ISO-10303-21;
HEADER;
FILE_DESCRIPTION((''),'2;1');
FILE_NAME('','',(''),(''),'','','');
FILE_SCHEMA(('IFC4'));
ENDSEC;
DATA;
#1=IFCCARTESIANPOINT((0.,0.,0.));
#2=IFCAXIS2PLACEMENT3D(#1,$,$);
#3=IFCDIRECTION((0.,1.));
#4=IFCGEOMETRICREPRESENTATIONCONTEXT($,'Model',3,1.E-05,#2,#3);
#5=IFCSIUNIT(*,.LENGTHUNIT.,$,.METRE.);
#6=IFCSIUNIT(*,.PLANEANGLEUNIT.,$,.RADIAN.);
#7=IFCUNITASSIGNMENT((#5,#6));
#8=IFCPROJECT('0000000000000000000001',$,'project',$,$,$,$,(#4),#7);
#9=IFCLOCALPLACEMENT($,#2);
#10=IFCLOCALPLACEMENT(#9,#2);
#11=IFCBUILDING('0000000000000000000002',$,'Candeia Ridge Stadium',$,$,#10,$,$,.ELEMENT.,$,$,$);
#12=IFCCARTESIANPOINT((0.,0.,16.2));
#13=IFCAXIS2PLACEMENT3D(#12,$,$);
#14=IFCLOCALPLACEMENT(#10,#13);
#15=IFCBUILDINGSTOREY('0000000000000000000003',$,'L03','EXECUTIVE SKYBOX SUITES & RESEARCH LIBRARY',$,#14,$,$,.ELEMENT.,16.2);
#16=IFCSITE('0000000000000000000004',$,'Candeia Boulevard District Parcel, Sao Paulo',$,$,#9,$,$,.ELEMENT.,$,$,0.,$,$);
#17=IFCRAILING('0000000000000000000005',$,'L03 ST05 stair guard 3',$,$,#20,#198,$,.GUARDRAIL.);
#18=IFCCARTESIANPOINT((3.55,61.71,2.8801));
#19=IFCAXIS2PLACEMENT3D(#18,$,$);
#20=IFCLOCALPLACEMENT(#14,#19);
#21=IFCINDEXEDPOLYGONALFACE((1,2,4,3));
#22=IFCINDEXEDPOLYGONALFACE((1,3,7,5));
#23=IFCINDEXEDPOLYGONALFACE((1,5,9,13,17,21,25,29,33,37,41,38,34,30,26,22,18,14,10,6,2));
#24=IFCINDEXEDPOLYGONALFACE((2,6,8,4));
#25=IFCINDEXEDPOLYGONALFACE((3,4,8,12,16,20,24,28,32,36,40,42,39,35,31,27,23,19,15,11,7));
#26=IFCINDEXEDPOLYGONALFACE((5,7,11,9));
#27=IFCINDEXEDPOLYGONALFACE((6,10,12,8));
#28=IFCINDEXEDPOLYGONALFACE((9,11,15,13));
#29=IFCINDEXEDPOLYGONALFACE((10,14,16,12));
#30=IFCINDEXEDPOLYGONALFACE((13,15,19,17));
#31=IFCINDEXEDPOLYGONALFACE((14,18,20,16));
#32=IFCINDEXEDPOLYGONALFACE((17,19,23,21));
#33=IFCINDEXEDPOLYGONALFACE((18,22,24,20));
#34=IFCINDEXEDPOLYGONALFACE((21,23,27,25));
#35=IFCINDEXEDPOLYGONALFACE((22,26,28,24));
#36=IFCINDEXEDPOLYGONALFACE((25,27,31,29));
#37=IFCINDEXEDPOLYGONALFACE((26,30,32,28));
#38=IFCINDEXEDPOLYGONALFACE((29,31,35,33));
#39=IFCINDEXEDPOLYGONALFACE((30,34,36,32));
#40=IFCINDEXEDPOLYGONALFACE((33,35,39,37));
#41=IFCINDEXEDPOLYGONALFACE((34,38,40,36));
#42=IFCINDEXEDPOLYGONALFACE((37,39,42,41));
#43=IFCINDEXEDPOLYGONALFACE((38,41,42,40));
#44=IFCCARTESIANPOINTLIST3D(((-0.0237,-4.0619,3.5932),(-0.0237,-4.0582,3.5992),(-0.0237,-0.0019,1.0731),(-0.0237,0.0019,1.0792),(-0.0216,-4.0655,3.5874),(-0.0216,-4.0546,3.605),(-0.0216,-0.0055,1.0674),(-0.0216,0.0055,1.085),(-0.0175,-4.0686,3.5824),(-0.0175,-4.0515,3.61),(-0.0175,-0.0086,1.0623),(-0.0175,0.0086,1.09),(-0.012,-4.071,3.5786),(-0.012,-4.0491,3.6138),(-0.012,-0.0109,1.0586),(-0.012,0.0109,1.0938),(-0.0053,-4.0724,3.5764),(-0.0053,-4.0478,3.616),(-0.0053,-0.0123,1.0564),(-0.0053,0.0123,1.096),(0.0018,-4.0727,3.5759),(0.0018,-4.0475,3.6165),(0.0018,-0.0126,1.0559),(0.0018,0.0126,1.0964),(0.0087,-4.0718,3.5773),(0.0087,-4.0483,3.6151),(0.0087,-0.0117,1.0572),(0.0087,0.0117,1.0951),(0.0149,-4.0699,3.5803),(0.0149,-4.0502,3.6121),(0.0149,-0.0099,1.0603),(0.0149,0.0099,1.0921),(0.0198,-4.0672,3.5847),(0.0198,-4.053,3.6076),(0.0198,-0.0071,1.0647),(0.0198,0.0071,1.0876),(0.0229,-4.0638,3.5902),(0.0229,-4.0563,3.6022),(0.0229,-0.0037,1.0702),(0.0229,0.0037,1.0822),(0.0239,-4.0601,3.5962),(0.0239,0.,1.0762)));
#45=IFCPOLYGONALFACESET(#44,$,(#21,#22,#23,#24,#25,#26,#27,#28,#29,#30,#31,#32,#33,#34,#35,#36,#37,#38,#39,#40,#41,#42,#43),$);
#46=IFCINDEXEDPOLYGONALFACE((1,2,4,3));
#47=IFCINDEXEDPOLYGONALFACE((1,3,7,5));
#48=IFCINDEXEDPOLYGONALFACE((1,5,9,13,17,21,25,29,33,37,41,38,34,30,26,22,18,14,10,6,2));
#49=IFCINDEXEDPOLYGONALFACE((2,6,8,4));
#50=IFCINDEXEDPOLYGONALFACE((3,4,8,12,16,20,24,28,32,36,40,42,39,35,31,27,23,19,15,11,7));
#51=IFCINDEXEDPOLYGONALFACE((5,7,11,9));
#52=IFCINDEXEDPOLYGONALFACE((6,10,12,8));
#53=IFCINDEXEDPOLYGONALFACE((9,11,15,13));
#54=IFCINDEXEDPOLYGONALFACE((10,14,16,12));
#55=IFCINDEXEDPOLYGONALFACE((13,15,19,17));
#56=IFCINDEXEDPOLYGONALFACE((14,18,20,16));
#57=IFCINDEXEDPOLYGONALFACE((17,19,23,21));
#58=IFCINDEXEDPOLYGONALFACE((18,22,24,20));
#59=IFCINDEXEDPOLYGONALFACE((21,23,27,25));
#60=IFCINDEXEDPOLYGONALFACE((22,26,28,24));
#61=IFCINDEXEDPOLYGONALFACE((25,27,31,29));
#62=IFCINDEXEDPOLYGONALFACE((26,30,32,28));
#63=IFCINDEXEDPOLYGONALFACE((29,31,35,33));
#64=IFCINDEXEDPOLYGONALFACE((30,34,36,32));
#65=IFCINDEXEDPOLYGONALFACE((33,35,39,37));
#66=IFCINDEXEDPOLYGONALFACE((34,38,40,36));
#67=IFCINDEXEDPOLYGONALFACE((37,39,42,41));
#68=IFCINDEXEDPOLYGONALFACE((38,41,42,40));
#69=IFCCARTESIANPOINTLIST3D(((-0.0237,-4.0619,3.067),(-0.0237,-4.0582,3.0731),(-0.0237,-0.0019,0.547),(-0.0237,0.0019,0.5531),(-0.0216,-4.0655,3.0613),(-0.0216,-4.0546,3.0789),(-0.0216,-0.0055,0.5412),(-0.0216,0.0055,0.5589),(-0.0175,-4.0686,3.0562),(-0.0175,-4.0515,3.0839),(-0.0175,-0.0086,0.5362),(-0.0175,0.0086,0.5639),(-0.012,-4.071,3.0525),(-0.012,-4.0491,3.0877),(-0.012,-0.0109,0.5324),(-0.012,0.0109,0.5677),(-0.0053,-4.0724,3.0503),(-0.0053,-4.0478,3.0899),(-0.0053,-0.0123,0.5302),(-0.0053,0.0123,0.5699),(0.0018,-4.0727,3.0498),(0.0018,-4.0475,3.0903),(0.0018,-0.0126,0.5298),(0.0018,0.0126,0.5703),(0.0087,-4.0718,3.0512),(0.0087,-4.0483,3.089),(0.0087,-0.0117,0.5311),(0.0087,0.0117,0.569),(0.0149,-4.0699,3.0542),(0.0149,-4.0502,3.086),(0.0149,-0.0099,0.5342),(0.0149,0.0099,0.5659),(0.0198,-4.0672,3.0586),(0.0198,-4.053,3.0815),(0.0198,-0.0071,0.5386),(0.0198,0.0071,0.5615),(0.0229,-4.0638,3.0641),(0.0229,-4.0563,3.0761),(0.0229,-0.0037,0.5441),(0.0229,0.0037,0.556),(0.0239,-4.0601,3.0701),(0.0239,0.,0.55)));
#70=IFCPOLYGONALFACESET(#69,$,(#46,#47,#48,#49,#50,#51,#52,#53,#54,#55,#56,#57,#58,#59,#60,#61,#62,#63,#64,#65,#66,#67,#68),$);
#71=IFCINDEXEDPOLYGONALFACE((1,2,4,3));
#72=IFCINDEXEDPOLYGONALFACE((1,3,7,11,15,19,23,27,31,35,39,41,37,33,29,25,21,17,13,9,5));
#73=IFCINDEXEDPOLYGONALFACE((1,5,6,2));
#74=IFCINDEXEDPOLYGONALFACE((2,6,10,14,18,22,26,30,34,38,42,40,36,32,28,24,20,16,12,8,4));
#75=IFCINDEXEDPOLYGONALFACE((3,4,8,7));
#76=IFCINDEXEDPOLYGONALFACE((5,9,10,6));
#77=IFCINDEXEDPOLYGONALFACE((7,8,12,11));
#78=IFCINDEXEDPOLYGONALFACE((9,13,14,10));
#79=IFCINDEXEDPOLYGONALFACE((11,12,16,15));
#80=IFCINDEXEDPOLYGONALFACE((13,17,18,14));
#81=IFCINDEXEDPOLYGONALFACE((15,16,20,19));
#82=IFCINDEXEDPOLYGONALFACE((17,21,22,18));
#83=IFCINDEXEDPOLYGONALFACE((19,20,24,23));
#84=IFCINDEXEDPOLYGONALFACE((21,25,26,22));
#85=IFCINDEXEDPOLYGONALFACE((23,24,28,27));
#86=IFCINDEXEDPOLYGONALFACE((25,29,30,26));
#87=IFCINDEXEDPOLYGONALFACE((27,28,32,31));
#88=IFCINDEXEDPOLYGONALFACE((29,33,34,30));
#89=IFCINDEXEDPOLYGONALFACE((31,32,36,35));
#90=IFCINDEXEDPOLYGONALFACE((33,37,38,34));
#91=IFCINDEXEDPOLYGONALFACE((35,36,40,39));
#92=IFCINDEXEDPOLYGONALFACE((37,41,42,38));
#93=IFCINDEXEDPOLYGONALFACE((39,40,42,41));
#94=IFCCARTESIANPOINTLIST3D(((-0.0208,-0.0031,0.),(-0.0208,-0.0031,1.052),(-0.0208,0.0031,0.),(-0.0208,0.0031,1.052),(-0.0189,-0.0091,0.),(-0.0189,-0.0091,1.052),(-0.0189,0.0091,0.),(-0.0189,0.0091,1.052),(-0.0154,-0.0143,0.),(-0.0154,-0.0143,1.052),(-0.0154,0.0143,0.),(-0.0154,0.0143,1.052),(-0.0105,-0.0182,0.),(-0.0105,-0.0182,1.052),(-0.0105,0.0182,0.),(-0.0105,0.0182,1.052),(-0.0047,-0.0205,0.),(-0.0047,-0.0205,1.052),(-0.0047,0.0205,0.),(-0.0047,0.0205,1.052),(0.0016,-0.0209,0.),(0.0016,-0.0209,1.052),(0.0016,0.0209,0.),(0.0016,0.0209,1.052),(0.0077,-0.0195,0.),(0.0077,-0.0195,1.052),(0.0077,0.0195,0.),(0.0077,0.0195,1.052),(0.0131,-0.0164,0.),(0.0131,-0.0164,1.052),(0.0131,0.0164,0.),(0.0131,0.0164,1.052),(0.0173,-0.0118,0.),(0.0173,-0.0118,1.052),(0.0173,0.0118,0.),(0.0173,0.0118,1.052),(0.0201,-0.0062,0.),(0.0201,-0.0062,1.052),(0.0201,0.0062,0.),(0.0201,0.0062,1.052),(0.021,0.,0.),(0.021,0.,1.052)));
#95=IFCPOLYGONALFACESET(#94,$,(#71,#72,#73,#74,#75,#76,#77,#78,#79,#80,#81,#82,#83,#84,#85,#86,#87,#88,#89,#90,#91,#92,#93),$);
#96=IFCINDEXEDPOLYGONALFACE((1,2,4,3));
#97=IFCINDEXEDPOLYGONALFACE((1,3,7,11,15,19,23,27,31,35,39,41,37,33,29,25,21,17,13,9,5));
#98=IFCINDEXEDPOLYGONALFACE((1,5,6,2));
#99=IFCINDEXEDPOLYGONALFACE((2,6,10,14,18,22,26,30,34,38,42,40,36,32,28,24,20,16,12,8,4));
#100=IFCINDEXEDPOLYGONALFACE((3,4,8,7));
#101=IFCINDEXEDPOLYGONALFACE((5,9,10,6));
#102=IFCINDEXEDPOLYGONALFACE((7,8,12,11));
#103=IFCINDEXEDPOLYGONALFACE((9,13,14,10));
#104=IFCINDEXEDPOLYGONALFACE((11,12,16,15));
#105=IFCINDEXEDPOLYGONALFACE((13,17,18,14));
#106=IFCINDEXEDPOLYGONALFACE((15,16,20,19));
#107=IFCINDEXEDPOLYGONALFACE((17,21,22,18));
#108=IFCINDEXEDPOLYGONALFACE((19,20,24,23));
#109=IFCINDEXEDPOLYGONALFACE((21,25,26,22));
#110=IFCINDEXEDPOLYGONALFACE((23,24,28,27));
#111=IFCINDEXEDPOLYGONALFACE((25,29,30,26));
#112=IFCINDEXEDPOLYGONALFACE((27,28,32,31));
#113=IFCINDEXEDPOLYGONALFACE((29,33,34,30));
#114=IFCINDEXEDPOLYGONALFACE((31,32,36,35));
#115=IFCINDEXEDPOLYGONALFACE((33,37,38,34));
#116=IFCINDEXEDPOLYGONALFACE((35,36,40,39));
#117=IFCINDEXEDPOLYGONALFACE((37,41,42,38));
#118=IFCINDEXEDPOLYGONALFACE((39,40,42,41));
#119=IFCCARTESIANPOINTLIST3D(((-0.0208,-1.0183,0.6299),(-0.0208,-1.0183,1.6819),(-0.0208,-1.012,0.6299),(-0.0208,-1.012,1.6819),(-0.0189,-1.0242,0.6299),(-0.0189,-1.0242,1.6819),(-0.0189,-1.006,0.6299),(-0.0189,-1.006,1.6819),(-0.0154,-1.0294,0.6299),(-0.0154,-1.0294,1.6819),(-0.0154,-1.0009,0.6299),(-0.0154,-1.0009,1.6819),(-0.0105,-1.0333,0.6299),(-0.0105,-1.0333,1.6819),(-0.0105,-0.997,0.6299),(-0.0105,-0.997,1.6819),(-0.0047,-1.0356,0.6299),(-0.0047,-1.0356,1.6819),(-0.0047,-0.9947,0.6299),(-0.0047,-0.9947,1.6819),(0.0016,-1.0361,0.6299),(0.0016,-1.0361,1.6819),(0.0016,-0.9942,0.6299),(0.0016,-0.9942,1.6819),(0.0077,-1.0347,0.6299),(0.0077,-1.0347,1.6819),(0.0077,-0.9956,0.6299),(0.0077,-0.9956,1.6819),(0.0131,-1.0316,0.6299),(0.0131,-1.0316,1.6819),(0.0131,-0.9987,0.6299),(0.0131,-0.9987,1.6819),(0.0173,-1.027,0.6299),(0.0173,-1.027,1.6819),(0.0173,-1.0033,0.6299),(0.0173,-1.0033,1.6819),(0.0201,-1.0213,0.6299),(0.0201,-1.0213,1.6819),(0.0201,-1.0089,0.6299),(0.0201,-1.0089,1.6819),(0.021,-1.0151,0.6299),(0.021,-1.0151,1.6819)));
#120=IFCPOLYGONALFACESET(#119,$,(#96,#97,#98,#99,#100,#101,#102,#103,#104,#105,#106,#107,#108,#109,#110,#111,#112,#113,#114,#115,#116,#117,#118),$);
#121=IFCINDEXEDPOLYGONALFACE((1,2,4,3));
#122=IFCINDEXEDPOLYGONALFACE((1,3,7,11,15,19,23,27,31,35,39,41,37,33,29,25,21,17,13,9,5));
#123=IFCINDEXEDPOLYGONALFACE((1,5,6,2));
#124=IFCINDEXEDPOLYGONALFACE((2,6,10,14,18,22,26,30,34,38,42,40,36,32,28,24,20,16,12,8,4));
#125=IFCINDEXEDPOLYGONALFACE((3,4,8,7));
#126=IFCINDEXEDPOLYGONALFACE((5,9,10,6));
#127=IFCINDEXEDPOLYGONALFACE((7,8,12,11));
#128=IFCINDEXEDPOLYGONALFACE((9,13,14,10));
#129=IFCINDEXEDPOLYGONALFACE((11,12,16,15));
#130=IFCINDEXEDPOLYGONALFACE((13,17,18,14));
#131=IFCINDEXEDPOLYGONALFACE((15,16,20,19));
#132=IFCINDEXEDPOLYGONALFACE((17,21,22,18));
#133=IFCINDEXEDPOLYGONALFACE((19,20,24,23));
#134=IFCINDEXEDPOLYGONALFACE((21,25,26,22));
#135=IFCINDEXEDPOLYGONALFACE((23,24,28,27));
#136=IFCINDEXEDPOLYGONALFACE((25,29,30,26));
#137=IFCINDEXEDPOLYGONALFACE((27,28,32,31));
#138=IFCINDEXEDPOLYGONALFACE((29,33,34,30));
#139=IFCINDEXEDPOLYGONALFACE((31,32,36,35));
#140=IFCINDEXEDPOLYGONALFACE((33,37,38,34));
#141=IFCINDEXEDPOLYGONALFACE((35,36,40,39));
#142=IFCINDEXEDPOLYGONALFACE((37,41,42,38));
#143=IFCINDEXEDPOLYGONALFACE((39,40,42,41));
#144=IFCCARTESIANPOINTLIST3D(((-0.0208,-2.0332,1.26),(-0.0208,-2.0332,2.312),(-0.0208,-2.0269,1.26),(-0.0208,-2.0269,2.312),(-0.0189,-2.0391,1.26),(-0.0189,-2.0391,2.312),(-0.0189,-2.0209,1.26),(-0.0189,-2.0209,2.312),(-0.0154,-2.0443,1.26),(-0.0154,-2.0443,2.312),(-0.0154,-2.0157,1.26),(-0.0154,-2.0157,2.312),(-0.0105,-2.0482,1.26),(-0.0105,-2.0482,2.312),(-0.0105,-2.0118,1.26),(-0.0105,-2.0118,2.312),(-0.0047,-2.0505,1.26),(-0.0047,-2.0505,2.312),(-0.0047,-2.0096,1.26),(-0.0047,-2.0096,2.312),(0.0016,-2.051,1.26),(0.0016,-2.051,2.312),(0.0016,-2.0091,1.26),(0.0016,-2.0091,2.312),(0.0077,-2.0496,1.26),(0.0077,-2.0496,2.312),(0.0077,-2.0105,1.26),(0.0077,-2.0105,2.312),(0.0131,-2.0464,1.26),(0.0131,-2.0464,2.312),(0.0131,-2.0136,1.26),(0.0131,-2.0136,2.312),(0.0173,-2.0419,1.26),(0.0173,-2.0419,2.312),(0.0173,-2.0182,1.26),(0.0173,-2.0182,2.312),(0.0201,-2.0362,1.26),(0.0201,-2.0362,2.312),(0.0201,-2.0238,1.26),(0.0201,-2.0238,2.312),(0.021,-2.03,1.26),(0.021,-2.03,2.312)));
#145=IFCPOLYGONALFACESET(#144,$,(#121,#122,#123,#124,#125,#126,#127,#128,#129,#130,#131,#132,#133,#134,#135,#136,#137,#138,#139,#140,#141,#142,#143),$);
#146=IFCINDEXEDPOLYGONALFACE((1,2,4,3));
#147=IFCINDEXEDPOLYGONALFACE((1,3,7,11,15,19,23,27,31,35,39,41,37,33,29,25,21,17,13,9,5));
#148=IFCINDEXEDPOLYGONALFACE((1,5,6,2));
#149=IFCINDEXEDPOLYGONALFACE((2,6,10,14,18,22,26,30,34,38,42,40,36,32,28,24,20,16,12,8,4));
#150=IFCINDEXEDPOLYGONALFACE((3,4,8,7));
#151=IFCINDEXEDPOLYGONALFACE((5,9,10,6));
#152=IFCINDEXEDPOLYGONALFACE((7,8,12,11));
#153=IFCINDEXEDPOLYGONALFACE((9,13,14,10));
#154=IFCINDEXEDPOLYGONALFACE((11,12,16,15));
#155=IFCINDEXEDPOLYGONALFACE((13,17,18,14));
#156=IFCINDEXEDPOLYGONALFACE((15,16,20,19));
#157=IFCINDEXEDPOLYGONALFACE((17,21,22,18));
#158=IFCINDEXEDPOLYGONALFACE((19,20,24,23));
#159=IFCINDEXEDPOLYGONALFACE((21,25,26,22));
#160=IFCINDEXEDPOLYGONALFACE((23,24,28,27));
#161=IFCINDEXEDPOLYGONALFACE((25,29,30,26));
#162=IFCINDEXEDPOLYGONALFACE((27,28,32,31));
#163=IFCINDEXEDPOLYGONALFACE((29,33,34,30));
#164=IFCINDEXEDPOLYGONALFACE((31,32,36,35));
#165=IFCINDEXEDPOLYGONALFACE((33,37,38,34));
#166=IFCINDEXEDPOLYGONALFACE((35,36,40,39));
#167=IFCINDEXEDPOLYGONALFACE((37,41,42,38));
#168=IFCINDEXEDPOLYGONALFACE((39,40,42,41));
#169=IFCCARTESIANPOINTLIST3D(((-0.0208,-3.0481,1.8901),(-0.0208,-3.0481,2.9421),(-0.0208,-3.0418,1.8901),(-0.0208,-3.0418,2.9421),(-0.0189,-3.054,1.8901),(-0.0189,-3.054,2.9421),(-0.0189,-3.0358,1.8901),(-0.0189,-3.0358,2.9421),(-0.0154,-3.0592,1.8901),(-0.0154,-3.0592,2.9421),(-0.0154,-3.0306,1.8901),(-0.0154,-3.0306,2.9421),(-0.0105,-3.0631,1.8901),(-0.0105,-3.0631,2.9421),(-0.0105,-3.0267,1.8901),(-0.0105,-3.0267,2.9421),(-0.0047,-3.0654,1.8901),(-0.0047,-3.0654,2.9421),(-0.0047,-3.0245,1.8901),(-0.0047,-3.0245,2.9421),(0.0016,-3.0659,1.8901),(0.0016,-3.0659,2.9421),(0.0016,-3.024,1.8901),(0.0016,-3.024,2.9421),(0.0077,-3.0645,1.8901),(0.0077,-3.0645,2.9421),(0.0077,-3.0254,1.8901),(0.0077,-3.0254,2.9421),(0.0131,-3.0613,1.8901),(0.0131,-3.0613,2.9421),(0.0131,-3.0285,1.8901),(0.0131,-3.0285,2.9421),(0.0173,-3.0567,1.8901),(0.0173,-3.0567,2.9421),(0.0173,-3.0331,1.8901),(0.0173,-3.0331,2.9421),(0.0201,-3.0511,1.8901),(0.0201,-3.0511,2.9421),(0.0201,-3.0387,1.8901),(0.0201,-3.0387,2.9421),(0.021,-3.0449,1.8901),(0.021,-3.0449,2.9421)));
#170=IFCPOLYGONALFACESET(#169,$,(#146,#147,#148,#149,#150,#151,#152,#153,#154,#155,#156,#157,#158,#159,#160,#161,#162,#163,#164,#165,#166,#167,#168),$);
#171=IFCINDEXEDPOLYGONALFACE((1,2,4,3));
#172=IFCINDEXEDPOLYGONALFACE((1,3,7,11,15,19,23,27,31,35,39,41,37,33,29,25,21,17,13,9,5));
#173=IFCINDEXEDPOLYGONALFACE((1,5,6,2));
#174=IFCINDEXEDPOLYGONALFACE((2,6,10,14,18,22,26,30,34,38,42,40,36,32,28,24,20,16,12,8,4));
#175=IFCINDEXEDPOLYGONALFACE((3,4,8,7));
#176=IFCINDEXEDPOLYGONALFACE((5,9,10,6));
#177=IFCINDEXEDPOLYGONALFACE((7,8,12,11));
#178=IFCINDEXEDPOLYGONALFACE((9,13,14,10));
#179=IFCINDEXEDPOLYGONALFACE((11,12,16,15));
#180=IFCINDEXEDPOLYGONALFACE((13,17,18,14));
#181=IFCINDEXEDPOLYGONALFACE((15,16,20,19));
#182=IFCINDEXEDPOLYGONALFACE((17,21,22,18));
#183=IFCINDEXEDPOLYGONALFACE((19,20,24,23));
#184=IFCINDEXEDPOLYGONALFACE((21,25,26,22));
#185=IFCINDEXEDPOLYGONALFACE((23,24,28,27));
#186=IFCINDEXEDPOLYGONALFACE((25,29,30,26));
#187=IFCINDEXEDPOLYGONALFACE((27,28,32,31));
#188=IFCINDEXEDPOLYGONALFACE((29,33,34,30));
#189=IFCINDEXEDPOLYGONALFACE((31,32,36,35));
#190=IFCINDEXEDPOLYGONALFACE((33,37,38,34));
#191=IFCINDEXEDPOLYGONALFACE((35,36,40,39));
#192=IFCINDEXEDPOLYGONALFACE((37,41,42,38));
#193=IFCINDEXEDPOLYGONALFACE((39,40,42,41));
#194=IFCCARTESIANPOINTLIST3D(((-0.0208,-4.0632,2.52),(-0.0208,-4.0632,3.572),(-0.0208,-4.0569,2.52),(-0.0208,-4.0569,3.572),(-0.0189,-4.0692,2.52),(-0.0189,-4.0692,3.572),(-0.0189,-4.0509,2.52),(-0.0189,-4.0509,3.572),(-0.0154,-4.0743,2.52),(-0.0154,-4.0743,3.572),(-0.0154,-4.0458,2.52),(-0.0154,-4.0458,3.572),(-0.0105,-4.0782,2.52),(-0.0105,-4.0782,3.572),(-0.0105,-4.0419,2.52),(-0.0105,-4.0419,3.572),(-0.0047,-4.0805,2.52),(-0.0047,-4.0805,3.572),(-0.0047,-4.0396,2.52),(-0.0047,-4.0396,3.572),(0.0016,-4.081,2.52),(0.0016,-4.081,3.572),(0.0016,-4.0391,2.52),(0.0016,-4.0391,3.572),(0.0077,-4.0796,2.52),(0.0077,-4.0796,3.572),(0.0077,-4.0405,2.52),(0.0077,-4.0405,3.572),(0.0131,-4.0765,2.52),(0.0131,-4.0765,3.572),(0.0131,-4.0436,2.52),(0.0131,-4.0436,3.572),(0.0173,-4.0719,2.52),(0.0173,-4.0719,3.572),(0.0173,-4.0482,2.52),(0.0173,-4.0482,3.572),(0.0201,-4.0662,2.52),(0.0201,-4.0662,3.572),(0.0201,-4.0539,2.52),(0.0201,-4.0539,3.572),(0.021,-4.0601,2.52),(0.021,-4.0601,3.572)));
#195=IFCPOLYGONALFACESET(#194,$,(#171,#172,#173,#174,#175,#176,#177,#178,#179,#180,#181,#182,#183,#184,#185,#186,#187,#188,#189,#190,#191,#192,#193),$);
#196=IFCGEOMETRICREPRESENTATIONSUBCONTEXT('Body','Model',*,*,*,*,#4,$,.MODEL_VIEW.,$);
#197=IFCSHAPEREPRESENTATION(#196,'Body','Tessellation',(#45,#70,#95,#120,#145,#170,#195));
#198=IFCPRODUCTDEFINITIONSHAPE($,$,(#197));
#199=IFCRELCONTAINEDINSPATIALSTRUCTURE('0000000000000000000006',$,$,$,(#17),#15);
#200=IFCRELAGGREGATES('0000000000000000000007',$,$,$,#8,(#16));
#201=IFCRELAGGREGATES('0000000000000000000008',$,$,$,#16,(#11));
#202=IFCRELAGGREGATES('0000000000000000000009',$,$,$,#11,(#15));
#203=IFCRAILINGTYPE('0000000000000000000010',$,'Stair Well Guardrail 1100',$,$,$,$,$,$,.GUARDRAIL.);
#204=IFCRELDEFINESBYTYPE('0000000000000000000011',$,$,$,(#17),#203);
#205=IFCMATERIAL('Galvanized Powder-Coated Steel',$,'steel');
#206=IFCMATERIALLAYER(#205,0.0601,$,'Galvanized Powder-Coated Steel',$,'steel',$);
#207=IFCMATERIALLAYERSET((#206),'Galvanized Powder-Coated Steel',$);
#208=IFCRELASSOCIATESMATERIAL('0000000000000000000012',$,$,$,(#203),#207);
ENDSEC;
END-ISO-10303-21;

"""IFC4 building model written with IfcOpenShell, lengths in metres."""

from ifc_helpers import new_model, si_unit, direction, frame, origin, origin_2d, place, context, subcontext, project, spatial, circle, extrude, material, layer, layer_set, type_object, element, save


model = new_model("IFC4")

# Units and contexts
model_context = context("Model", 3, precision=1e-05, world=origin(), true_north=direction((0.0, 1.0)))
body_context = subcontext(model_context, "Body", "Model", "MODEL_VIEW")
ifc_project = project(units=[si_unit("LENGTHUNIT", "METRE"), si_unit("PLANEANGLEUNIT", "RADIAN")], contexts=[model_context])

# Site, building, storey
site_placement = place(None, origin())
site = spatial("IfcSite", under=ifc_project, at=site_placement, Name="Candeia Boulevard District Parcel, Sao Paulo", CompositionType="ELEMENT", RefElevation=0.0)
building_placement = place(site_placement, origin())
building = spatial("IfcBuilding", under=site, at=building_placement, Name="Candeia Ridge Stadium", CompositionType="ELEMENT")
storey_placement = place(building_placement, frame((0.0, 0.0, 16.2)))
storey = spatial("IfcBuildingStorey", under=building, at=storey_placement, Name="L03", Description="EXECUTIVE SKYBOX SUITES & RESEARCH LIBRARY", CompositionType="ELEMENT", Elevation=16.2)

# Railing
ifc_material_1 = material(Name="Galvanized Powder-Coated Steel", Category="steel")
ifc_layer_1 = layer(ifc_material_1, 0.0601, Name="Galvanized Powder-Coated Steel", Category="steel")
ifc_layer_set_1 = layer_set([ifc_layer_1], Name="Galvanized Powder-Coated Steel")
railing_type_1 = type_object("IfcRailingType", Name="Stair Well Guardrail 1100", PredefinedType="GUARDRAIL", material=ifc_layer_set_1)
railing_1_placement = place(storey_placement, frame((3.55, 61.71, 2.8801)))
element("IfcRailing", 1, at=railing_1_placement, inside=storey, type_object=railing_type_1, Name="L03 ST05 stair guard 3", PredefinedType="GUARDRAIL", context=body_context, shape_type="SweptSolid", body=[
    extrude(circle(Radius=0.0239, at=origin_2d()), frame((0.0, 0.0, 1.0762), z_axis=(0.0, -0.849642, 0.52736), x_axis=(1.0, 0.0, 0.0)), (0.0, 0.0, 1.0), 4.7786),
    extrude(circle(Radius=0.0239, at=origin_2d()), frame((0.0, 0.0, 0.55), z_axis=(0.0, -0.849642, 0.52736), x_axis=(1.0, 0.0, 0.0)), (0.0, 0.0, 1.0), 4.7786),
    extrude(circle(Radius=0.021, at=origin_2d()), origin(), (0.0, 0.0, 1.0), 1.052),
    extrude(circle(Radius=0.021, at=origin_2d()), frame((0.0, -1.0151, 0.6299)), (0.0, 0.0, 1.0), 1.052),
    extrude(circle(Radius=0.021, at=origin_2d()), frame((0.0, -2.03, 1.26)), (0.0, 0.0, 1.0), 1.052),
    extrude(circle(Radius=0.021, at=origin_2d()), frame((0.0, -3.0449, 1.8901)), (0.0, 0.0, 1.0), 1.052),
    extrude(circle(Radius=0.021, at=origin_2d()), frame((0.0, -4.0601, 2.52)), (0.0, 0.0, 1.0), 1.052),
])

save(model, "model.ifc")
